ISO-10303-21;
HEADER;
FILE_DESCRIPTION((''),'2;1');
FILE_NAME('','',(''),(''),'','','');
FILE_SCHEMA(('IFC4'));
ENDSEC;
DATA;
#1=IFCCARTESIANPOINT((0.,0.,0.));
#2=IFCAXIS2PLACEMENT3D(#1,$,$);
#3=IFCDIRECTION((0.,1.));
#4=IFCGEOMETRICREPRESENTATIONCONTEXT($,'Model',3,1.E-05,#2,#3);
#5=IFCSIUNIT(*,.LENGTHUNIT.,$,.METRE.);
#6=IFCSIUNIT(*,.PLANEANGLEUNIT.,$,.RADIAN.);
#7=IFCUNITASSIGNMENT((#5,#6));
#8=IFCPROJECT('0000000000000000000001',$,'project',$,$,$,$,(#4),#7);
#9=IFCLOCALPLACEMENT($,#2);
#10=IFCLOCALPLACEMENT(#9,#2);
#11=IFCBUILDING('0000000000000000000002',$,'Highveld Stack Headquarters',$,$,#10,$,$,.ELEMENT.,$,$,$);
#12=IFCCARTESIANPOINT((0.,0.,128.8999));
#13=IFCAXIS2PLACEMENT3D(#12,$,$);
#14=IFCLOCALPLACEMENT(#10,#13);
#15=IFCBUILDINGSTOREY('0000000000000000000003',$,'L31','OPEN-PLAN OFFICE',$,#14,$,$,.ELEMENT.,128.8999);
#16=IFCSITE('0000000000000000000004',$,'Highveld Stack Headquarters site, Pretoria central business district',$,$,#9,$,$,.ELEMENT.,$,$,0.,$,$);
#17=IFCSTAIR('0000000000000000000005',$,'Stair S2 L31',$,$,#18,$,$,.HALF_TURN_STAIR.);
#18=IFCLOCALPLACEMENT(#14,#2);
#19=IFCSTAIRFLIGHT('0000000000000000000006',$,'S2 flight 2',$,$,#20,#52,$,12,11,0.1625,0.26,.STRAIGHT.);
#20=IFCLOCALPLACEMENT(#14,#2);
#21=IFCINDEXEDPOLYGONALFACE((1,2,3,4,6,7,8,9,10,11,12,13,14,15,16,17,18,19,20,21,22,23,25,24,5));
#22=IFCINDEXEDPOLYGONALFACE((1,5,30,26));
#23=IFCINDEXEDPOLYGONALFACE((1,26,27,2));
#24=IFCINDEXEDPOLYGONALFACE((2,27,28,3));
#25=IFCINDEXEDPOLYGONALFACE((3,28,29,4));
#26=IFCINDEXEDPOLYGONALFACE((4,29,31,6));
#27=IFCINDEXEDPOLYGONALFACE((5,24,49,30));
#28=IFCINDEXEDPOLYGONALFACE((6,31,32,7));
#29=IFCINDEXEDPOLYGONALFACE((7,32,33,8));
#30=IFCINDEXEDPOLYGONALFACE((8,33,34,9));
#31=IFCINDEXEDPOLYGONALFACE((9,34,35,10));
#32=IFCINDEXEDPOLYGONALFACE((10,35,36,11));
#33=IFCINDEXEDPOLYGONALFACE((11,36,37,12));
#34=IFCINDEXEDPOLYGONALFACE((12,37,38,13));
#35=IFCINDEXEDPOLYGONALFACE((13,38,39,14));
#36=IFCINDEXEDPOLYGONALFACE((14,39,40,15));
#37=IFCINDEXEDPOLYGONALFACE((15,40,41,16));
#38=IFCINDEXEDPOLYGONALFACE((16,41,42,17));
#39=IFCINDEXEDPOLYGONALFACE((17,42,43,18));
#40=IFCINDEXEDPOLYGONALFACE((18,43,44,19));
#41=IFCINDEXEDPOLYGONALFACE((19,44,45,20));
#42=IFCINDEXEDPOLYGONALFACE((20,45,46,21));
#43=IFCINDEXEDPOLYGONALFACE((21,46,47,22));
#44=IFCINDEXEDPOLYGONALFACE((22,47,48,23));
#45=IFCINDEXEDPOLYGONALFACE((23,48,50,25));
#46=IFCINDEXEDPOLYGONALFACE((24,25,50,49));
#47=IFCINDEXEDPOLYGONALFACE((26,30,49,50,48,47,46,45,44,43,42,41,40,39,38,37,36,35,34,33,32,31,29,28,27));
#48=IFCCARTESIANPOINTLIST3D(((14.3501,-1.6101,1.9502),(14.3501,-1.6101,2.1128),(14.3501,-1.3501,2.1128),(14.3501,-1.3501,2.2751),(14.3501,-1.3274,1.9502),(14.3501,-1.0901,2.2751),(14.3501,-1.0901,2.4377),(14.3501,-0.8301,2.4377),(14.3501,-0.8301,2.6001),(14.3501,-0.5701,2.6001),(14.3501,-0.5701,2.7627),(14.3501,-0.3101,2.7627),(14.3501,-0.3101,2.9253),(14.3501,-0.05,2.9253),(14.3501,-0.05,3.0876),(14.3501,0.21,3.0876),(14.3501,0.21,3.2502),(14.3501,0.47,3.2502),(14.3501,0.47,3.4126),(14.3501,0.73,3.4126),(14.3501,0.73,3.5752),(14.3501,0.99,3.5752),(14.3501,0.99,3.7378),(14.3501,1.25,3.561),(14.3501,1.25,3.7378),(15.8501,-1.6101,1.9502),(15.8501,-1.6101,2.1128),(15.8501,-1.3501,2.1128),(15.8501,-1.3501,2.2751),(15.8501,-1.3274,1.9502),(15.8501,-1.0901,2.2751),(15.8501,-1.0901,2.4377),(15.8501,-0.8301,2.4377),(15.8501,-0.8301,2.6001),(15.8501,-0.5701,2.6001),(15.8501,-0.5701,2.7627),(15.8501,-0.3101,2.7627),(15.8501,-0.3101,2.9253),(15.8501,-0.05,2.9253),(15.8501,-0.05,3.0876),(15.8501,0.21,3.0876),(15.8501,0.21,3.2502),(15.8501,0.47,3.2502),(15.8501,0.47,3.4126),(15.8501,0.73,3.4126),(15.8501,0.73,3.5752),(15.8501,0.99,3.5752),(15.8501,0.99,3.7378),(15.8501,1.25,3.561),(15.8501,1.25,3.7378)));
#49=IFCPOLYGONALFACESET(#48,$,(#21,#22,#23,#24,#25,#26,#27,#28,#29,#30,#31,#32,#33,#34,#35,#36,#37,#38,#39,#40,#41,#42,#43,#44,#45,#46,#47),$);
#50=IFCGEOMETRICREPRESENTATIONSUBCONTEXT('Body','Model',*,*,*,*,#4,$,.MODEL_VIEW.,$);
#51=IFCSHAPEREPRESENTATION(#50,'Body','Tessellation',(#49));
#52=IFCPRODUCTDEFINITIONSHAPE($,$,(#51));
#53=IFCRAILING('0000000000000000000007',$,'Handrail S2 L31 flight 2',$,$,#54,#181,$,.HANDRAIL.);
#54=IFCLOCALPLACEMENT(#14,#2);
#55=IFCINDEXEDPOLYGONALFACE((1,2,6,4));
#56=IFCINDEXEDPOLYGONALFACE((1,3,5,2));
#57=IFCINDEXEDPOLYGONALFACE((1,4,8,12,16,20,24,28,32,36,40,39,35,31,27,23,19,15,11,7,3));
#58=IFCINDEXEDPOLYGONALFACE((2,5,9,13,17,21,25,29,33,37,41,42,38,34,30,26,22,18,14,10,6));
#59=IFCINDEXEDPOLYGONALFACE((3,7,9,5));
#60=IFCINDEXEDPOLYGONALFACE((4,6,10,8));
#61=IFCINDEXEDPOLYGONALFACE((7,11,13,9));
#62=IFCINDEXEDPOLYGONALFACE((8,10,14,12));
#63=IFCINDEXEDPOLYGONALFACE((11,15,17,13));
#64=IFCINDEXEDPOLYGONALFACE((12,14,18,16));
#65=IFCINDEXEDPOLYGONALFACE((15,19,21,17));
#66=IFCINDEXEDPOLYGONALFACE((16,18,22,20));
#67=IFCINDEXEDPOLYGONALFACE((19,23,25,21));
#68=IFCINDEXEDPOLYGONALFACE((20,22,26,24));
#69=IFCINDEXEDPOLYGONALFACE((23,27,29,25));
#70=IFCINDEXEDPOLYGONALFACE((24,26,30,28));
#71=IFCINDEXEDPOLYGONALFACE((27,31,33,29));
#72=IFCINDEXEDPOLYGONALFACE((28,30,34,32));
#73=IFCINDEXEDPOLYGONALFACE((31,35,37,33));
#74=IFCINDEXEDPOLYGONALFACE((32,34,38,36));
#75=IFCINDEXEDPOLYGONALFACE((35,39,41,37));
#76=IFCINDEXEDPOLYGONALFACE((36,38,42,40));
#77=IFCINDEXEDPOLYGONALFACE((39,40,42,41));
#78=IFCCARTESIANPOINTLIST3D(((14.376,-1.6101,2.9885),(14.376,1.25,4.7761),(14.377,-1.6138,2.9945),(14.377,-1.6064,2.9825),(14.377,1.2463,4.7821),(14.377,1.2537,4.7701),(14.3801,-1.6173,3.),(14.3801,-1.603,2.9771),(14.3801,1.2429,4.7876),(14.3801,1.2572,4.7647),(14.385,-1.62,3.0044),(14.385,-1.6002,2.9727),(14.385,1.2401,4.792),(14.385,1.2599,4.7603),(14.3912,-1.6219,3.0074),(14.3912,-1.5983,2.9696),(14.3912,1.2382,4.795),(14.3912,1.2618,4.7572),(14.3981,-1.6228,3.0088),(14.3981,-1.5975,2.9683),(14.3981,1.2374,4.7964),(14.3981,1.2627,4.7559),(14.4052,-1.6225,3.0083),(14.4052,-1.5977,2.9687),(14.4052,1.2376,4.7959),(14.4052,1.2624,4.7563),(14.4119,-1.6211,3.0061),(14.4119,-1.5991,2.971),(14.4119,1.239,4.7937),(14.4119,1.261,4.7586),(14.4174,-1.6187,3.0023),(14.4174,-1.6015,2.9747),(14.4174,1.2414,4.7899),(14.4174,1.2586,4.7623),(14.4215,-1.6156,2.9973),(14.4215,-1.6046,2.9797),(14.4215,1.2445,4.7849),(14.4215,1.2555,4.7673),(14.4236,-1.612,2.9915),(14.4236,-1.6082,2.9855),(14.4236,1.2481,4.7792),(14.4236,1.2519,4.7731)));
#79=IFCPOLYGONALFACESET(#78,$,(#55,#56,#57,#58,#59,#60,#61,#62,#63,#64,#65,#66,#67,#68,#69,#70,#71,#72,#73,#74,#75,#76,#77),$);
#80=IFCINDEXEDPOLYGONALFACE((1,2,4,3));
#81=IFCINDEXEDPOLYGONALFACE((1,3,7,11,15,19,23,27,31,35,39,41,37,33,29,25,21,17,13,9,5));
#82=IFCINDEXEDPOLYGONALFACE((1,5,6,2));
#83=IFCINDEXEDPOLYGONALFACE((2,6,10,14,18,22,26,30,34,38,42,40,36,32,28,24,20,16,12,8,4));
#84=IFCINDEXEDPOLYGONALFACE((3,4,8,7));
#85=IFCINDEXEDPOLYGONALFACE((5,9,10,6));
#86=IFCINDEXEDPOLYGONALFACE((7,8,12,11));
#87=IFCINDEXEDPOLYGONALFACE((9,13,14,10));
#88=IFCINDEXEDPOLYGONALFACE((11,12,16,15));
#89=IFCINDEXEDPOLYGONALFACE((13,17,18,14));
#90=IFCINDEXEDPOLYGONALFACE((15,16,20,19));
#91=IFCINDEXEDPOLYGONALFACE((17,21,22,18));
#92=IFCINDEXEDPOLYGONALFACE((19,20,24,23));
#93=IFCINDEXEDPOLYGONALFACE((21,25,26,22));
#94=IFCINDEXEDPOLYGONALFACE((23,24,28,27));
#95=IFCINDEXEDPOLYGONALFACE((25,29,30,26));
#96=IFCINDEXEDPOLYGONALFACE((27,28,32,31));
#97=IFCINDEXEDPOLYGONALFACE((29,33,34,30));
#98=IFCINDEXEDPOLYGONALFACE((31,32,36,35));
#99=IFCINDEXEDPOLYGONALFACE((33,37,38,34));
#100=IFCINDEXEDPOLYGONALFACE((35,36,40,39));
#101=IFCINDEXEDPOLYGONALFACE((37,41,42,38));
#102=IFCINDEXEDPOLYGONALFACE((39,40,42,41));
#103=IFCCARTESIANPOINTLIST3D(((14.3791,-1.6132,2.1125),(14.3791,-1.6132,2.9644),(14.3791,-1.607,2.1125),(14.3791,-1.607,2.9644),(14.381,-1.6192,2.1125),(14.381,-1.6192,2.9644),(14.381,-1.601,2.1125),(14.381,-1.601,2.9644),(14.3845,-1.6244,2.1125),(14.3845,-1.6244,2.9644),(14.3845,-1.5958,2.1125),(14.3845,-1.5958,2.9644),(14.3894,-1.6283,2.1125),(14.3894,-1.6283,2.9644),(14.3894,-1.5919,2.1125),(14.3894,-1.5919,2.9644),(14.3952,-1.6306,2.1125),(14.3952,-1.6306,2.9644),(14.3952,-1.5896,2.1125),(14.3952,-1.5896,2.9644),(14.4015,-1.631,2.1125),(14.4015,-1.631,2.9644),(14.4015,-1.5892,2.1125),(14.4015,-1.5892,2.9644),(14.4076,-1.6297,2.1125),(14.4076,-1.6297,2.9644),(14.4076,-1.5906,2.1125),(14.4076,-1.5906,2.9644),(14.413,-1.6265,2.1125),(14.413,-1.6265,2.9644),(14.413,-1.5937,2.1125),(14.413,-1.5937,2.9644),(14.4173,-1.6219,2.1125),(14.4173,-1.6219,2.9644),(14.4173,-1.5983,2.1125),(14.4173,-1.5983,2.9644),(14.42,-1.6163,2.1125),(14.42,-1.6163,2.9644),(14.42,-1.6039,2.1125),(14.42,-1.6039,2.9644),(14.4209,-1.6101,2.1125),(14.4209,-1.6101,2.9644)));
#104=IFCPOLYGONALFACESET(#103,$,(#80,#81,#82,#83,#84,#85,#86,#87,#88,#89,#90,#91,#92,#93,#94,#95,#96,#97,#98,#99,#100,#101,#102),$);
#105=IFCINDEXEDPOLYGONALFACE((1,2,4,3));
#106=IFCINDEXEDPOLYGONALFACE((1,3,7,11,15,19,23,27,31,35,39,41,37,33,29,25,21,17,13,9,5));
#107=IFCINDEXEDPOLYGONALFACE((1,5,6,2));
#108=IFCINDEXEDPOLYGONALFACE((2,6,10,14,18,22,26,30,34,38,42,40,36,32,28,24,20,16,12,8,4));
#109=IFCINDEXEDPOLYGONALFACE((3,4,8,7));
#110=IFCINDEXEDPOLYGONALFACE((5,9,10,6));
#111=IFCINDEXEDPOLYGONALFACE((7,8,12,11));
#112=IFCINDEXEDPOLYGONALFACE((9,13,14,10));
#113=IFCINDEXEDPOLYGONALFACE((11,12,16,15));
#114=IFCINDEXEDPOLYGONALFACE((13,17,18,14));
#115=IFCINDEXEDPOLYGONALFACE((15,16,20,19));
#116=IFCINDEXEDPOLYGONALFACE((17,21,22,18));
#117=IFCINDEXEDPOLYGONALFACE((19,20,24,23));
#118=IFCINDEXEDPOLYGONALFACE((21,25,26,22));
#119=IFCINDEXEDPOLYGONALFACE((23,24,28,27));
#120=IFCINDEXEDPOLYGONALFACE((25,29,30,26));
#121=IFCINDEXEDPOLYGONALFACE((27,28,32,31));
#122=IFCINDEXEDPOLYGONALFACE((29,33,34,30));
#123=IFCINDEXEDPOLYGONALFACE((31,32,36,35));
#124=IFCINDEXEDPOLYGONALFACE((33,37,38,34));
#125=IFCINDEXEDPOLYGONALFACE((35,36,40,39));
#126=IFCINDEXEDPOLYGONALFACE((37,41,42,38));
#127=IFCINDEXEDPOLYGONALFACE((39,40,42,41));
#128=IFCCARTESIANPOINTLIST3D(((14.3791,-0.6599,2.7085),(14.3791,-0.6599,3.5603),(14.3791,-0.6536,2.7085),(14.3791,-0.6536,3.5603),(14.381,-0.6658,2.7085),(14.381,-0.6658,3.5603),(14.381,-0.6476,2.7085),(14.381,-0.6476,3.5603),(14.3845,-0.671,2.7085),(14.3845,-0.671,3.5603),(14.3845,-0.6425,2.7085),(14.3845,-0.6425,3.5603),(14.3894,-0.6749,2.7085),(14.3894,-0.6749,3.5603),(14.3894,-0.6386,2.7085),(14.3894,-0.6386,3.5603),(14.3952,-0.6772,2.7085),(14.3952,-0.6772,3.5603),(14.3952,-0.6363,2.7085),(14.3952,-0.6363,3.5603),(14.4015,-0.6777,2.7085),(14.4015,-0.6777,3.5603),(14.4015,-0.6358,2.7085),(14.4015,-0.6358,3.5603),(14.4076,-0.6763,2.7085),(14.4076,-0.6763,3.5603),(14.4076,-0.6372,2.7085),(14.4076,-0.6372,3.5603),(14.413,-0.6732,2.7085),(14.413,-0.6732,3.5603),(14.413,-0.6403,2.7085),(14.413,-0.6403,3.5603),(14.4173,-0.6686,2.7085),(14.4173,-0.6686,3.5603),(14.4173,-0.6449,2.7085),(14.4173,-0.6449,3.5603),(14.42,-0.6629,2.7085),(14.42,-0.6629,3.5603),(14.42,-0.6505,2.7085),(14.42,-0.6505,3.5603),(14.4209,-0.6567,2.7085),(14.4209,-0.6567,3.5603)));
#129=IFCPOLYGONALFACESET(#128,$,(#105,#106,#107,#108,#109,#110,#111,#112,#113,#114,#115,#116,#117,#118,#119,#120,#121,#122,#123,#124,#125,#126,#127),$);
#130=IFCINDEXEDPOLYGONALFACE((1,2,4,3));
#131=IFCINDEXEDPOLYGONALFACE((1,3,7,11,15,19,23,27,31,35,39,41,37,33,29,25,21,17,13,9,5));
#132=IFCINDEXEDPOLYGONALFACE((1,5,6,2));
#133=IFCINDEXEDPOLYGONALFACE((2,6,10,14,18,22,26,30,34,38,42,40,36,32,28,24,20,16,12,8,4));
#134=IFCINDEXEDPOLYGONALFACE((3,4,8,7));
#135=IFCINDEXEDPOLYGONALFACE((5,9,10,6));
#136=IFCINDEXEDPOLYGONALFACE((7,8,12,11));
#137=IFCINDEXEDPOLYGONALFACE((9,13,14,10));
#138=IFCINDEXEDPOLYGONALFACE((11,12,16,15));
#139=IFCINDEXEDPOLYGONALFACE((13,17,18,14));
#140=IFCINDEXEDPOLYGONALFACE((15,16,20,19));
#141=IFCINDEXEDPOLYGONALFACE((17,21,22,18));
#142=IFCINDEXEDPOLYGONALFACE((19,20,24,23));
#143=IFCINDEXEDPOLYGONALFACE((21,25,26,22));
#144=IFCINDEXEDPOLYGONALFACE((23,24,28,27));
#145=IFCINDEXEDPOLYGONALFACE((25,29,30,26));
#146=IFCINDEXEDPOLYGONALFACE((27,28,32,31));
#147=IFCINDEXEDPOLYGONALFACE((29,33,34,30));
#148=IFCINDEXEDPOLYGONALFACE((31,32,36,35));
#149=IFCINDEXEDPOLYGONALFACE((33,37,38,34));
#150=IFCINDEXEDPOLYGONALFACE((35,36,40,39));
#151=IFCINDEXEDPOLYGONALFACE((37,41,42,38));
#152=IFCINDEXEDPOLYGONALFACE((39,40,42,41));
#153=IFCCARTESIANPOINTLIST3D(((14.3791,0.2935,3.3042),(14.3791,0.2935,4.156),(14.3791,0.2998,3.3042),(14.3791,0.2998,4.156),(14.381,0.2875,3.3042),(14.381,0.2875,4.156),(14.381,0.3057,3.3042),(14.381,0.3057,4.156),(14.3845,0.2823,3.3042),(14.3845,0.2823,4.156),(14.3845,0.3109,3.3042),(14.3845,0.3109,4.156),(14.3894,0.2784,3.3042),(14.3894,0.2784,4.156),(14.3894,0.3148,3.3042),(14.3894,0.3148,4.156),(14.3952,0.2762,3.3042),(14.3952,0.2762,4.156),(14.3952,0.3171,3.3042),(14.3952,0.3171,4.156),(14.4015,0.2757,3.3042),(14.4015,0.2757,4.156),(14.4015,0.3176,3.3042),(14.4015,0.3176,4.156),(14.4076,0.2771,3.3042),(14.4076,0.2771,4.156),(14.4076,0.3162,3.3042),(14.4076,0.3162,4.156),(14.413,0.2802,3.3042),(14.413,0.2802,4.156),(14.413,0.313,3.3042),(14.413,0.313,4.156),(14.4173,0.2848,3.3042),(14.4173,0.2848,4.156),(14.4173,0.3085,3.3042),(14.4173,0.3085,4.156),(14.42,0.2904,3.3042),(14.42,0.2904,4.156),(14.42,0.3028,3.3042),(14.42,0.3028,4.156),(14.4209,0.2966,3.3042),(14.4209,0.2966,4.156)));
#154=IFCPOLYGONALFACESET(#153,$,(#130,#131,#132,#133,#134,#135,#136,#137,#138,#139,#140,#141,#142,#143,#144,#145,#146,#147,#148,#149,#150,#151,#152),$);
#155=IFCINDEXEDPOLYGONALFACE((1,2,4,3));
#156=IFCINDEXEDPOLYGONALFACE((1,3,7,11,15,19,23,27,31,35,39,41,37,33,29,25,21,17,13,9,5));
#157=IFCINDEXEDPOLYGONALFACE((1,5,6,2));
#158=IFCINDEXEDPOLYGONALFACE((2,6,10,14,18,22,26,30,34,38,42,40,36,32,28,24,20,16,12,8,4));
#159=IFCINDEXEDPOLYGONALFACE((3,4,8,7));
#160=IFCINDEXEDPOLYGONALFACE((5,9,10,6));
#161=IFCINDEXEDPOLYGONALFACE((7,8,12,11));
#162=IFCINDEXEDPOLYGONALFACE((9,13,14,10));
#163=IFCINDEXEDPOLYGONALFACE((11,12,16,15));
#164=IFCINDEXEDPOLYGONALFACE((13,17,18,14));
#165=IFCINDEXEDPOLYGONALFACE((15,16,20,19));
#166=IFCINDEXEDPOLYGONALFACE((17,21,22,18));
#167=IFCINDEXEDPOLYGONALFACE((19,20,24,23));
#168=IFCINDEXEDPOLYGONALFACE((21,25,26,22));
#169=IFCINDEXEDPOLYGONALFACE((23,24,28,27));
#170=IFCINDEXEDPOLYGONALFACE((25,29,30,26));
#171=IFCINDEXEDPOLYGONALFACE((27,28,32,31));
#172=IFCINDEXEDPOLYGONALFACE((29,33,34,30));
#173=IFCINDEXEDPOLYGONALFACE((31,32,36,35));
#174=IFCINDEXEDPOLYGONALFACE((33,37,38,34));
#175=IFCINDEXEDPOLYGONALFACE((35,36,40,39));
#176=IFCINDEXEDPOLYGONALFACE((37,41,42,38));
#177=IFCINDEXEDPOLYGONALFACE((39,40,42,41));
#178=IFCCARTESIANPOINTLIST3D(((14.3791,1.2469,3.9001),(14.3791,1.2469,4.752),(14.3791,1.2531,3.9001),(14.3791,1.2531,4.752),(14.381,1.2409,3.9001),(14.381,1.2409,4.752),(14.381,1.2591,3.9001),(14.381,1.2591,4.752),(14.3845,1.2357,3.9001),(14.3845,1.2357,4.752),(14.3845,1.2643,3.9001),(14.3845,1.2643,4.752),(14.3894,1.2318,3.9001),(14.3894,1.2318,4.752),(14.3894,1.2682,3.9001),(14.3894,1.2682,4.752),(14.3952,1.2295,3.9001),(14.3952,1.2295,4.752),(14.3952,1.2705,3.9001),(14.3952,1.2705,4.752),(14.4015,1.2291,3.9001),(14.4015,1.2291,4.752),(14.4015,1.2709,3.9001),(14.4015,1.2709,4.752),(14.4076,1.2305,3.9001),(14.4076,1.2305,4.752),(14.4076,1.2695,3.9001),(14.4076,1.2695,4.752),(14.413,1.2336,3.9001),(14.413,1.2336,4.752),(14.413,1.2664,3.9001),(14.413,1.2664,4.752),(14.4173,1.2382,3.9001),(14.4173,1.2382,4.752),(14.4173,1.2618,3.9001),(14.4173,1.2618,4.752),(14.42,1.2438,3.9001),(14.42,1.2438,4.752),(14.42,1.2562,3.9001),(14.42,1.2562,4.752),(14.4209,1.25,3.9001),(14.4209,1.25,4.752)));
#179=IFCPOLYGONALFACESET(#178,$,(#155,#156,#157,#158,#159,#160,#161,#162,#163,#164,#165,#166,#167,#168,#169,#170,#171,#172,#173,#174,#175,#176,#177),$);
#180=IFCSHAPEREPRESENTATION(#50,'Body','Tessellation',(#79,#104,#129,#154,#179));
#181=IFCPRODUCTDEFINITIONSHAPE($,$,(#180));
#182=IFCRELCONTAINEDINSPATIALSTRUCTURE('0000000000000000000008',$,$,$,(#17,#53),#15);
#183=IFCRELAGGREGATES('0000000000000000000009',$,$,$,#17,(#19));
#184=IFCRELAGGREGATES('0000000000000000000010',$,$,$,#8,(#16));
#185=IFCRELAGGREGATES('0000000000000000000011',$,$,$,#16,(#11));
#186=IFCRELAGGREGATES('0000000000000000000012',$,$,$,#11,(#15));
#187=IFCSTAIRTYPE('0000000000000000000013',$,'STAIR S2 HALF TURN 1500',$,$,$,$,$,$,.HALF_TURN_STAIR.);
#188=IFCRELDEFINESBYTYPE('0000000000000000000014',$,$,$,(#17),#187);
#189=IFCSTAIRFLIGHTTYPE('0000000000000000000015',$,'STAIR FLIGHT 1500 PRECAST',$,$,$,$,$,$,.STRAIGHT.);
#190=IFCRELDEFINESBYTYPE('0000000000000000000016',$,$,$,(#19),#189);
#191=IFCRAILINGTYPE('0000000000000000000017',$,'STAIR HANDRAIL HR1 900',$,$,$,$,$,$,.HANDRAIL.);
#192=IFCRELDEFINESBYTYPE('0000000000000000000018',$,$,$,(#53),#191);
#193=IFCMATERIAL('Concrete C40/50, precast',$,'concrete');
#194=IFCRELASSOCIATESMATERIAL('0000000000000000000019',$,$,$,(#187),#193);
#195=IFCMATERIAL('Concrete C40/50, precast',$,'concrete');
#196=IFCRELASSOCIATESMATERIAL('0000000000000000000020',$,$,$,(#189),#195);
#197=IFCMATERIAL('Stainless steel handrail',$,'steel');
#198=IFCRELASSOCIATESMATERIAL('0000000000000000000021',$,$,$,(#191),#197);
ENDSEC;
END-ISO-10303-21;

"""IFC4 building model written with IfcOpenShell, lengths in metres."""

from ifc_helpers import new_model, si_unit, direction, frame, origin, origin_2d, place, context, subcontext, project, spatial, polyline, circle, outline, extrude, material, type_object, element, aggregate, save


model = new_model("IFC4")

# Units and contexts
model_context = context("Model", 3, precision=1e-05, world=origin(), true_north=direction((0.0, 1.0)))
body_context = subcontext(model_context, "Body", "Model", "MODEL_VIEW")
ifc_project = project(units=[si_unit("LENGTHUNIT", "METRE"), si_unit("PLANEANGLEUNIT", "RADIAN")], contexts=[model_context])

# Site, building, storey
site_placement = place(None, origin())
site = spatial("IfcSite", under=ifc_project, at=site_placement, Name="Highveld Stack Headquarters site, Pretoria central business district", CompositionType="ELEMENT", RefElevation=0.0)
building_placement = place(site_placement, origin())
building = spatial("IfcBuilding", under=site, at=building_placement, Name="Highveld Stack Headquarters", CompositionType="ELEMENT")
storey_placement = place(building_placement, frame((0.0, 0.0, 128.8999)))
storey = spatial("IfcBuildingStorey", under=building, at=storey_placement, Name="L31", Description="OPEN-PLAN OFFICE", CompositionType="ELEMENT", Elevation=128.8999)

# Stair, stair flight
ifc_material_1 = material(Name="Concrete C40/50, precast", Category="concrete")
stair_type = type_object("IfcStairType", Name="STAIR S2 HALF TURN 1500", PredefinedType="HALF_TURN_STAIR", material=ifc_material_1)
stair_placement = place(storey_placement, origin())
stair = element("IfcStair", 1, at=stair_placement, inside=storey, type_object=stair_type, Name="Stair S2 L31", PredefinedType="HALF_TURN_STAIR")
ifc_material_2 = material(Name="Concrete C40/50, precast", Category="concrete")
stair_flight_type = type_object("IfcStairFlightType", Name="STAIR FLIGHT 1500 PRECAST", PredefinedType="STRAIGHT", material=ifc_material_2)
stair_flight_placement = place(storey_placement, frame((15.1001, -1.6101, 1.9502), z_axis=(0.0, 0.0, 1.0), x_axis=(0.0, 1.0, 0.0)))
stair_flight = element("IfcStairFlight", 2, at=stair_flight_placement, type_object=stair_flight_type, Name="S2 flight 2", NumberOfRisers=12, NumberOfTreads=11, PredefinedType="STRAIGHT", RiserHeight=0.1625, TreadLength=0.26, context=body_context, shape_type="SweptSolid", body=[
    extrude(outline(polyline([(0.0, 0.0), (0.0, 0.1626), (0.26, 0.1626), (0.26, 0.325), (0.52, 0.325), (0.52, 0.4875), (0.78, 0.4875), (0.78, 0.6499), (1.04, 0.6499), (1.04, 0.8125), (1.3, 0.8125), (1.3, 0.9751), (1.5601, 0.9751), (1.5601, 1.1375), (1.8201, 1.1375), (1.8201, 1.3), (2.0801, 1.3), (2.0801, 1.4624), (2.3401, 1.4624), (2.3401, 1.625), (2.6001, 1.625), (2.6001, 1.7876), (2.8601, 1.7876), (2.8601, 1.95), (2.8601, 1.6108), (0.2827, 0.0), (0.0, 0.0)])), frame((0.0, 0.75, 0.0), z_axis=(0.0, -1.0, 0.0), x_axis=(1.0, 0.0, 0.0)), (0.0, 0.0, 1.0), 1.5),
])
aggregate(stair, [stair_flight])

# Railing
ifc_material_3 = material(Name="Stainless steel handrail", Category="steel")
railing_type = type_object("IfcRailingType", Name="STAIR HANDRAIL HR1 900", PredefinedType="HANDRAIL", material=ifc_material_3)
railing_placement = place(storey_placement, frame((14.3999, -1.6101, 2.1125)))
element("IfcRailing", 3, at=railing_placement, inside=storey, type_object=railing_type, Name="Handrail S2 L31 flight 2", PredefinedType="HANDRAIL", context=body_context, shape_type="SweptSolid", body=[
    extrude(circle(Radius=0.0239, at=origin_2d()), frame((0.0, 0.0, 0.876), z_axis=(0.0, 0.847994, 0.530005), x_axis=(-1.0, 0.0, 0.0)), (0.0, 0.0, 1.0), 3.3728),
    extrude(circle(Radius=0.021, at=origin_2d()), origin(), (0.0, 0.0, 1.0), 0.8518),
    extrude(circle(Radius=0.021, at=origin_2d()), frame((0.0, 0.9534, 0.5959)), (0.0, 0.0, 1.0), 0.8518),
    extrude(circle(Radius=0.021, at=origin_2d()), frame((0.0, 1.9067, 1.1917)), (0.0, 0.0, 1.0), 0.8518),
    extrude(circle(Radius=0.021, at=origin_2d()), frame((0.0, 2.8601, 1.7876)), (0.0, 0.0, 1.0), 0.8518),
])

save(model, "model.ifc")
